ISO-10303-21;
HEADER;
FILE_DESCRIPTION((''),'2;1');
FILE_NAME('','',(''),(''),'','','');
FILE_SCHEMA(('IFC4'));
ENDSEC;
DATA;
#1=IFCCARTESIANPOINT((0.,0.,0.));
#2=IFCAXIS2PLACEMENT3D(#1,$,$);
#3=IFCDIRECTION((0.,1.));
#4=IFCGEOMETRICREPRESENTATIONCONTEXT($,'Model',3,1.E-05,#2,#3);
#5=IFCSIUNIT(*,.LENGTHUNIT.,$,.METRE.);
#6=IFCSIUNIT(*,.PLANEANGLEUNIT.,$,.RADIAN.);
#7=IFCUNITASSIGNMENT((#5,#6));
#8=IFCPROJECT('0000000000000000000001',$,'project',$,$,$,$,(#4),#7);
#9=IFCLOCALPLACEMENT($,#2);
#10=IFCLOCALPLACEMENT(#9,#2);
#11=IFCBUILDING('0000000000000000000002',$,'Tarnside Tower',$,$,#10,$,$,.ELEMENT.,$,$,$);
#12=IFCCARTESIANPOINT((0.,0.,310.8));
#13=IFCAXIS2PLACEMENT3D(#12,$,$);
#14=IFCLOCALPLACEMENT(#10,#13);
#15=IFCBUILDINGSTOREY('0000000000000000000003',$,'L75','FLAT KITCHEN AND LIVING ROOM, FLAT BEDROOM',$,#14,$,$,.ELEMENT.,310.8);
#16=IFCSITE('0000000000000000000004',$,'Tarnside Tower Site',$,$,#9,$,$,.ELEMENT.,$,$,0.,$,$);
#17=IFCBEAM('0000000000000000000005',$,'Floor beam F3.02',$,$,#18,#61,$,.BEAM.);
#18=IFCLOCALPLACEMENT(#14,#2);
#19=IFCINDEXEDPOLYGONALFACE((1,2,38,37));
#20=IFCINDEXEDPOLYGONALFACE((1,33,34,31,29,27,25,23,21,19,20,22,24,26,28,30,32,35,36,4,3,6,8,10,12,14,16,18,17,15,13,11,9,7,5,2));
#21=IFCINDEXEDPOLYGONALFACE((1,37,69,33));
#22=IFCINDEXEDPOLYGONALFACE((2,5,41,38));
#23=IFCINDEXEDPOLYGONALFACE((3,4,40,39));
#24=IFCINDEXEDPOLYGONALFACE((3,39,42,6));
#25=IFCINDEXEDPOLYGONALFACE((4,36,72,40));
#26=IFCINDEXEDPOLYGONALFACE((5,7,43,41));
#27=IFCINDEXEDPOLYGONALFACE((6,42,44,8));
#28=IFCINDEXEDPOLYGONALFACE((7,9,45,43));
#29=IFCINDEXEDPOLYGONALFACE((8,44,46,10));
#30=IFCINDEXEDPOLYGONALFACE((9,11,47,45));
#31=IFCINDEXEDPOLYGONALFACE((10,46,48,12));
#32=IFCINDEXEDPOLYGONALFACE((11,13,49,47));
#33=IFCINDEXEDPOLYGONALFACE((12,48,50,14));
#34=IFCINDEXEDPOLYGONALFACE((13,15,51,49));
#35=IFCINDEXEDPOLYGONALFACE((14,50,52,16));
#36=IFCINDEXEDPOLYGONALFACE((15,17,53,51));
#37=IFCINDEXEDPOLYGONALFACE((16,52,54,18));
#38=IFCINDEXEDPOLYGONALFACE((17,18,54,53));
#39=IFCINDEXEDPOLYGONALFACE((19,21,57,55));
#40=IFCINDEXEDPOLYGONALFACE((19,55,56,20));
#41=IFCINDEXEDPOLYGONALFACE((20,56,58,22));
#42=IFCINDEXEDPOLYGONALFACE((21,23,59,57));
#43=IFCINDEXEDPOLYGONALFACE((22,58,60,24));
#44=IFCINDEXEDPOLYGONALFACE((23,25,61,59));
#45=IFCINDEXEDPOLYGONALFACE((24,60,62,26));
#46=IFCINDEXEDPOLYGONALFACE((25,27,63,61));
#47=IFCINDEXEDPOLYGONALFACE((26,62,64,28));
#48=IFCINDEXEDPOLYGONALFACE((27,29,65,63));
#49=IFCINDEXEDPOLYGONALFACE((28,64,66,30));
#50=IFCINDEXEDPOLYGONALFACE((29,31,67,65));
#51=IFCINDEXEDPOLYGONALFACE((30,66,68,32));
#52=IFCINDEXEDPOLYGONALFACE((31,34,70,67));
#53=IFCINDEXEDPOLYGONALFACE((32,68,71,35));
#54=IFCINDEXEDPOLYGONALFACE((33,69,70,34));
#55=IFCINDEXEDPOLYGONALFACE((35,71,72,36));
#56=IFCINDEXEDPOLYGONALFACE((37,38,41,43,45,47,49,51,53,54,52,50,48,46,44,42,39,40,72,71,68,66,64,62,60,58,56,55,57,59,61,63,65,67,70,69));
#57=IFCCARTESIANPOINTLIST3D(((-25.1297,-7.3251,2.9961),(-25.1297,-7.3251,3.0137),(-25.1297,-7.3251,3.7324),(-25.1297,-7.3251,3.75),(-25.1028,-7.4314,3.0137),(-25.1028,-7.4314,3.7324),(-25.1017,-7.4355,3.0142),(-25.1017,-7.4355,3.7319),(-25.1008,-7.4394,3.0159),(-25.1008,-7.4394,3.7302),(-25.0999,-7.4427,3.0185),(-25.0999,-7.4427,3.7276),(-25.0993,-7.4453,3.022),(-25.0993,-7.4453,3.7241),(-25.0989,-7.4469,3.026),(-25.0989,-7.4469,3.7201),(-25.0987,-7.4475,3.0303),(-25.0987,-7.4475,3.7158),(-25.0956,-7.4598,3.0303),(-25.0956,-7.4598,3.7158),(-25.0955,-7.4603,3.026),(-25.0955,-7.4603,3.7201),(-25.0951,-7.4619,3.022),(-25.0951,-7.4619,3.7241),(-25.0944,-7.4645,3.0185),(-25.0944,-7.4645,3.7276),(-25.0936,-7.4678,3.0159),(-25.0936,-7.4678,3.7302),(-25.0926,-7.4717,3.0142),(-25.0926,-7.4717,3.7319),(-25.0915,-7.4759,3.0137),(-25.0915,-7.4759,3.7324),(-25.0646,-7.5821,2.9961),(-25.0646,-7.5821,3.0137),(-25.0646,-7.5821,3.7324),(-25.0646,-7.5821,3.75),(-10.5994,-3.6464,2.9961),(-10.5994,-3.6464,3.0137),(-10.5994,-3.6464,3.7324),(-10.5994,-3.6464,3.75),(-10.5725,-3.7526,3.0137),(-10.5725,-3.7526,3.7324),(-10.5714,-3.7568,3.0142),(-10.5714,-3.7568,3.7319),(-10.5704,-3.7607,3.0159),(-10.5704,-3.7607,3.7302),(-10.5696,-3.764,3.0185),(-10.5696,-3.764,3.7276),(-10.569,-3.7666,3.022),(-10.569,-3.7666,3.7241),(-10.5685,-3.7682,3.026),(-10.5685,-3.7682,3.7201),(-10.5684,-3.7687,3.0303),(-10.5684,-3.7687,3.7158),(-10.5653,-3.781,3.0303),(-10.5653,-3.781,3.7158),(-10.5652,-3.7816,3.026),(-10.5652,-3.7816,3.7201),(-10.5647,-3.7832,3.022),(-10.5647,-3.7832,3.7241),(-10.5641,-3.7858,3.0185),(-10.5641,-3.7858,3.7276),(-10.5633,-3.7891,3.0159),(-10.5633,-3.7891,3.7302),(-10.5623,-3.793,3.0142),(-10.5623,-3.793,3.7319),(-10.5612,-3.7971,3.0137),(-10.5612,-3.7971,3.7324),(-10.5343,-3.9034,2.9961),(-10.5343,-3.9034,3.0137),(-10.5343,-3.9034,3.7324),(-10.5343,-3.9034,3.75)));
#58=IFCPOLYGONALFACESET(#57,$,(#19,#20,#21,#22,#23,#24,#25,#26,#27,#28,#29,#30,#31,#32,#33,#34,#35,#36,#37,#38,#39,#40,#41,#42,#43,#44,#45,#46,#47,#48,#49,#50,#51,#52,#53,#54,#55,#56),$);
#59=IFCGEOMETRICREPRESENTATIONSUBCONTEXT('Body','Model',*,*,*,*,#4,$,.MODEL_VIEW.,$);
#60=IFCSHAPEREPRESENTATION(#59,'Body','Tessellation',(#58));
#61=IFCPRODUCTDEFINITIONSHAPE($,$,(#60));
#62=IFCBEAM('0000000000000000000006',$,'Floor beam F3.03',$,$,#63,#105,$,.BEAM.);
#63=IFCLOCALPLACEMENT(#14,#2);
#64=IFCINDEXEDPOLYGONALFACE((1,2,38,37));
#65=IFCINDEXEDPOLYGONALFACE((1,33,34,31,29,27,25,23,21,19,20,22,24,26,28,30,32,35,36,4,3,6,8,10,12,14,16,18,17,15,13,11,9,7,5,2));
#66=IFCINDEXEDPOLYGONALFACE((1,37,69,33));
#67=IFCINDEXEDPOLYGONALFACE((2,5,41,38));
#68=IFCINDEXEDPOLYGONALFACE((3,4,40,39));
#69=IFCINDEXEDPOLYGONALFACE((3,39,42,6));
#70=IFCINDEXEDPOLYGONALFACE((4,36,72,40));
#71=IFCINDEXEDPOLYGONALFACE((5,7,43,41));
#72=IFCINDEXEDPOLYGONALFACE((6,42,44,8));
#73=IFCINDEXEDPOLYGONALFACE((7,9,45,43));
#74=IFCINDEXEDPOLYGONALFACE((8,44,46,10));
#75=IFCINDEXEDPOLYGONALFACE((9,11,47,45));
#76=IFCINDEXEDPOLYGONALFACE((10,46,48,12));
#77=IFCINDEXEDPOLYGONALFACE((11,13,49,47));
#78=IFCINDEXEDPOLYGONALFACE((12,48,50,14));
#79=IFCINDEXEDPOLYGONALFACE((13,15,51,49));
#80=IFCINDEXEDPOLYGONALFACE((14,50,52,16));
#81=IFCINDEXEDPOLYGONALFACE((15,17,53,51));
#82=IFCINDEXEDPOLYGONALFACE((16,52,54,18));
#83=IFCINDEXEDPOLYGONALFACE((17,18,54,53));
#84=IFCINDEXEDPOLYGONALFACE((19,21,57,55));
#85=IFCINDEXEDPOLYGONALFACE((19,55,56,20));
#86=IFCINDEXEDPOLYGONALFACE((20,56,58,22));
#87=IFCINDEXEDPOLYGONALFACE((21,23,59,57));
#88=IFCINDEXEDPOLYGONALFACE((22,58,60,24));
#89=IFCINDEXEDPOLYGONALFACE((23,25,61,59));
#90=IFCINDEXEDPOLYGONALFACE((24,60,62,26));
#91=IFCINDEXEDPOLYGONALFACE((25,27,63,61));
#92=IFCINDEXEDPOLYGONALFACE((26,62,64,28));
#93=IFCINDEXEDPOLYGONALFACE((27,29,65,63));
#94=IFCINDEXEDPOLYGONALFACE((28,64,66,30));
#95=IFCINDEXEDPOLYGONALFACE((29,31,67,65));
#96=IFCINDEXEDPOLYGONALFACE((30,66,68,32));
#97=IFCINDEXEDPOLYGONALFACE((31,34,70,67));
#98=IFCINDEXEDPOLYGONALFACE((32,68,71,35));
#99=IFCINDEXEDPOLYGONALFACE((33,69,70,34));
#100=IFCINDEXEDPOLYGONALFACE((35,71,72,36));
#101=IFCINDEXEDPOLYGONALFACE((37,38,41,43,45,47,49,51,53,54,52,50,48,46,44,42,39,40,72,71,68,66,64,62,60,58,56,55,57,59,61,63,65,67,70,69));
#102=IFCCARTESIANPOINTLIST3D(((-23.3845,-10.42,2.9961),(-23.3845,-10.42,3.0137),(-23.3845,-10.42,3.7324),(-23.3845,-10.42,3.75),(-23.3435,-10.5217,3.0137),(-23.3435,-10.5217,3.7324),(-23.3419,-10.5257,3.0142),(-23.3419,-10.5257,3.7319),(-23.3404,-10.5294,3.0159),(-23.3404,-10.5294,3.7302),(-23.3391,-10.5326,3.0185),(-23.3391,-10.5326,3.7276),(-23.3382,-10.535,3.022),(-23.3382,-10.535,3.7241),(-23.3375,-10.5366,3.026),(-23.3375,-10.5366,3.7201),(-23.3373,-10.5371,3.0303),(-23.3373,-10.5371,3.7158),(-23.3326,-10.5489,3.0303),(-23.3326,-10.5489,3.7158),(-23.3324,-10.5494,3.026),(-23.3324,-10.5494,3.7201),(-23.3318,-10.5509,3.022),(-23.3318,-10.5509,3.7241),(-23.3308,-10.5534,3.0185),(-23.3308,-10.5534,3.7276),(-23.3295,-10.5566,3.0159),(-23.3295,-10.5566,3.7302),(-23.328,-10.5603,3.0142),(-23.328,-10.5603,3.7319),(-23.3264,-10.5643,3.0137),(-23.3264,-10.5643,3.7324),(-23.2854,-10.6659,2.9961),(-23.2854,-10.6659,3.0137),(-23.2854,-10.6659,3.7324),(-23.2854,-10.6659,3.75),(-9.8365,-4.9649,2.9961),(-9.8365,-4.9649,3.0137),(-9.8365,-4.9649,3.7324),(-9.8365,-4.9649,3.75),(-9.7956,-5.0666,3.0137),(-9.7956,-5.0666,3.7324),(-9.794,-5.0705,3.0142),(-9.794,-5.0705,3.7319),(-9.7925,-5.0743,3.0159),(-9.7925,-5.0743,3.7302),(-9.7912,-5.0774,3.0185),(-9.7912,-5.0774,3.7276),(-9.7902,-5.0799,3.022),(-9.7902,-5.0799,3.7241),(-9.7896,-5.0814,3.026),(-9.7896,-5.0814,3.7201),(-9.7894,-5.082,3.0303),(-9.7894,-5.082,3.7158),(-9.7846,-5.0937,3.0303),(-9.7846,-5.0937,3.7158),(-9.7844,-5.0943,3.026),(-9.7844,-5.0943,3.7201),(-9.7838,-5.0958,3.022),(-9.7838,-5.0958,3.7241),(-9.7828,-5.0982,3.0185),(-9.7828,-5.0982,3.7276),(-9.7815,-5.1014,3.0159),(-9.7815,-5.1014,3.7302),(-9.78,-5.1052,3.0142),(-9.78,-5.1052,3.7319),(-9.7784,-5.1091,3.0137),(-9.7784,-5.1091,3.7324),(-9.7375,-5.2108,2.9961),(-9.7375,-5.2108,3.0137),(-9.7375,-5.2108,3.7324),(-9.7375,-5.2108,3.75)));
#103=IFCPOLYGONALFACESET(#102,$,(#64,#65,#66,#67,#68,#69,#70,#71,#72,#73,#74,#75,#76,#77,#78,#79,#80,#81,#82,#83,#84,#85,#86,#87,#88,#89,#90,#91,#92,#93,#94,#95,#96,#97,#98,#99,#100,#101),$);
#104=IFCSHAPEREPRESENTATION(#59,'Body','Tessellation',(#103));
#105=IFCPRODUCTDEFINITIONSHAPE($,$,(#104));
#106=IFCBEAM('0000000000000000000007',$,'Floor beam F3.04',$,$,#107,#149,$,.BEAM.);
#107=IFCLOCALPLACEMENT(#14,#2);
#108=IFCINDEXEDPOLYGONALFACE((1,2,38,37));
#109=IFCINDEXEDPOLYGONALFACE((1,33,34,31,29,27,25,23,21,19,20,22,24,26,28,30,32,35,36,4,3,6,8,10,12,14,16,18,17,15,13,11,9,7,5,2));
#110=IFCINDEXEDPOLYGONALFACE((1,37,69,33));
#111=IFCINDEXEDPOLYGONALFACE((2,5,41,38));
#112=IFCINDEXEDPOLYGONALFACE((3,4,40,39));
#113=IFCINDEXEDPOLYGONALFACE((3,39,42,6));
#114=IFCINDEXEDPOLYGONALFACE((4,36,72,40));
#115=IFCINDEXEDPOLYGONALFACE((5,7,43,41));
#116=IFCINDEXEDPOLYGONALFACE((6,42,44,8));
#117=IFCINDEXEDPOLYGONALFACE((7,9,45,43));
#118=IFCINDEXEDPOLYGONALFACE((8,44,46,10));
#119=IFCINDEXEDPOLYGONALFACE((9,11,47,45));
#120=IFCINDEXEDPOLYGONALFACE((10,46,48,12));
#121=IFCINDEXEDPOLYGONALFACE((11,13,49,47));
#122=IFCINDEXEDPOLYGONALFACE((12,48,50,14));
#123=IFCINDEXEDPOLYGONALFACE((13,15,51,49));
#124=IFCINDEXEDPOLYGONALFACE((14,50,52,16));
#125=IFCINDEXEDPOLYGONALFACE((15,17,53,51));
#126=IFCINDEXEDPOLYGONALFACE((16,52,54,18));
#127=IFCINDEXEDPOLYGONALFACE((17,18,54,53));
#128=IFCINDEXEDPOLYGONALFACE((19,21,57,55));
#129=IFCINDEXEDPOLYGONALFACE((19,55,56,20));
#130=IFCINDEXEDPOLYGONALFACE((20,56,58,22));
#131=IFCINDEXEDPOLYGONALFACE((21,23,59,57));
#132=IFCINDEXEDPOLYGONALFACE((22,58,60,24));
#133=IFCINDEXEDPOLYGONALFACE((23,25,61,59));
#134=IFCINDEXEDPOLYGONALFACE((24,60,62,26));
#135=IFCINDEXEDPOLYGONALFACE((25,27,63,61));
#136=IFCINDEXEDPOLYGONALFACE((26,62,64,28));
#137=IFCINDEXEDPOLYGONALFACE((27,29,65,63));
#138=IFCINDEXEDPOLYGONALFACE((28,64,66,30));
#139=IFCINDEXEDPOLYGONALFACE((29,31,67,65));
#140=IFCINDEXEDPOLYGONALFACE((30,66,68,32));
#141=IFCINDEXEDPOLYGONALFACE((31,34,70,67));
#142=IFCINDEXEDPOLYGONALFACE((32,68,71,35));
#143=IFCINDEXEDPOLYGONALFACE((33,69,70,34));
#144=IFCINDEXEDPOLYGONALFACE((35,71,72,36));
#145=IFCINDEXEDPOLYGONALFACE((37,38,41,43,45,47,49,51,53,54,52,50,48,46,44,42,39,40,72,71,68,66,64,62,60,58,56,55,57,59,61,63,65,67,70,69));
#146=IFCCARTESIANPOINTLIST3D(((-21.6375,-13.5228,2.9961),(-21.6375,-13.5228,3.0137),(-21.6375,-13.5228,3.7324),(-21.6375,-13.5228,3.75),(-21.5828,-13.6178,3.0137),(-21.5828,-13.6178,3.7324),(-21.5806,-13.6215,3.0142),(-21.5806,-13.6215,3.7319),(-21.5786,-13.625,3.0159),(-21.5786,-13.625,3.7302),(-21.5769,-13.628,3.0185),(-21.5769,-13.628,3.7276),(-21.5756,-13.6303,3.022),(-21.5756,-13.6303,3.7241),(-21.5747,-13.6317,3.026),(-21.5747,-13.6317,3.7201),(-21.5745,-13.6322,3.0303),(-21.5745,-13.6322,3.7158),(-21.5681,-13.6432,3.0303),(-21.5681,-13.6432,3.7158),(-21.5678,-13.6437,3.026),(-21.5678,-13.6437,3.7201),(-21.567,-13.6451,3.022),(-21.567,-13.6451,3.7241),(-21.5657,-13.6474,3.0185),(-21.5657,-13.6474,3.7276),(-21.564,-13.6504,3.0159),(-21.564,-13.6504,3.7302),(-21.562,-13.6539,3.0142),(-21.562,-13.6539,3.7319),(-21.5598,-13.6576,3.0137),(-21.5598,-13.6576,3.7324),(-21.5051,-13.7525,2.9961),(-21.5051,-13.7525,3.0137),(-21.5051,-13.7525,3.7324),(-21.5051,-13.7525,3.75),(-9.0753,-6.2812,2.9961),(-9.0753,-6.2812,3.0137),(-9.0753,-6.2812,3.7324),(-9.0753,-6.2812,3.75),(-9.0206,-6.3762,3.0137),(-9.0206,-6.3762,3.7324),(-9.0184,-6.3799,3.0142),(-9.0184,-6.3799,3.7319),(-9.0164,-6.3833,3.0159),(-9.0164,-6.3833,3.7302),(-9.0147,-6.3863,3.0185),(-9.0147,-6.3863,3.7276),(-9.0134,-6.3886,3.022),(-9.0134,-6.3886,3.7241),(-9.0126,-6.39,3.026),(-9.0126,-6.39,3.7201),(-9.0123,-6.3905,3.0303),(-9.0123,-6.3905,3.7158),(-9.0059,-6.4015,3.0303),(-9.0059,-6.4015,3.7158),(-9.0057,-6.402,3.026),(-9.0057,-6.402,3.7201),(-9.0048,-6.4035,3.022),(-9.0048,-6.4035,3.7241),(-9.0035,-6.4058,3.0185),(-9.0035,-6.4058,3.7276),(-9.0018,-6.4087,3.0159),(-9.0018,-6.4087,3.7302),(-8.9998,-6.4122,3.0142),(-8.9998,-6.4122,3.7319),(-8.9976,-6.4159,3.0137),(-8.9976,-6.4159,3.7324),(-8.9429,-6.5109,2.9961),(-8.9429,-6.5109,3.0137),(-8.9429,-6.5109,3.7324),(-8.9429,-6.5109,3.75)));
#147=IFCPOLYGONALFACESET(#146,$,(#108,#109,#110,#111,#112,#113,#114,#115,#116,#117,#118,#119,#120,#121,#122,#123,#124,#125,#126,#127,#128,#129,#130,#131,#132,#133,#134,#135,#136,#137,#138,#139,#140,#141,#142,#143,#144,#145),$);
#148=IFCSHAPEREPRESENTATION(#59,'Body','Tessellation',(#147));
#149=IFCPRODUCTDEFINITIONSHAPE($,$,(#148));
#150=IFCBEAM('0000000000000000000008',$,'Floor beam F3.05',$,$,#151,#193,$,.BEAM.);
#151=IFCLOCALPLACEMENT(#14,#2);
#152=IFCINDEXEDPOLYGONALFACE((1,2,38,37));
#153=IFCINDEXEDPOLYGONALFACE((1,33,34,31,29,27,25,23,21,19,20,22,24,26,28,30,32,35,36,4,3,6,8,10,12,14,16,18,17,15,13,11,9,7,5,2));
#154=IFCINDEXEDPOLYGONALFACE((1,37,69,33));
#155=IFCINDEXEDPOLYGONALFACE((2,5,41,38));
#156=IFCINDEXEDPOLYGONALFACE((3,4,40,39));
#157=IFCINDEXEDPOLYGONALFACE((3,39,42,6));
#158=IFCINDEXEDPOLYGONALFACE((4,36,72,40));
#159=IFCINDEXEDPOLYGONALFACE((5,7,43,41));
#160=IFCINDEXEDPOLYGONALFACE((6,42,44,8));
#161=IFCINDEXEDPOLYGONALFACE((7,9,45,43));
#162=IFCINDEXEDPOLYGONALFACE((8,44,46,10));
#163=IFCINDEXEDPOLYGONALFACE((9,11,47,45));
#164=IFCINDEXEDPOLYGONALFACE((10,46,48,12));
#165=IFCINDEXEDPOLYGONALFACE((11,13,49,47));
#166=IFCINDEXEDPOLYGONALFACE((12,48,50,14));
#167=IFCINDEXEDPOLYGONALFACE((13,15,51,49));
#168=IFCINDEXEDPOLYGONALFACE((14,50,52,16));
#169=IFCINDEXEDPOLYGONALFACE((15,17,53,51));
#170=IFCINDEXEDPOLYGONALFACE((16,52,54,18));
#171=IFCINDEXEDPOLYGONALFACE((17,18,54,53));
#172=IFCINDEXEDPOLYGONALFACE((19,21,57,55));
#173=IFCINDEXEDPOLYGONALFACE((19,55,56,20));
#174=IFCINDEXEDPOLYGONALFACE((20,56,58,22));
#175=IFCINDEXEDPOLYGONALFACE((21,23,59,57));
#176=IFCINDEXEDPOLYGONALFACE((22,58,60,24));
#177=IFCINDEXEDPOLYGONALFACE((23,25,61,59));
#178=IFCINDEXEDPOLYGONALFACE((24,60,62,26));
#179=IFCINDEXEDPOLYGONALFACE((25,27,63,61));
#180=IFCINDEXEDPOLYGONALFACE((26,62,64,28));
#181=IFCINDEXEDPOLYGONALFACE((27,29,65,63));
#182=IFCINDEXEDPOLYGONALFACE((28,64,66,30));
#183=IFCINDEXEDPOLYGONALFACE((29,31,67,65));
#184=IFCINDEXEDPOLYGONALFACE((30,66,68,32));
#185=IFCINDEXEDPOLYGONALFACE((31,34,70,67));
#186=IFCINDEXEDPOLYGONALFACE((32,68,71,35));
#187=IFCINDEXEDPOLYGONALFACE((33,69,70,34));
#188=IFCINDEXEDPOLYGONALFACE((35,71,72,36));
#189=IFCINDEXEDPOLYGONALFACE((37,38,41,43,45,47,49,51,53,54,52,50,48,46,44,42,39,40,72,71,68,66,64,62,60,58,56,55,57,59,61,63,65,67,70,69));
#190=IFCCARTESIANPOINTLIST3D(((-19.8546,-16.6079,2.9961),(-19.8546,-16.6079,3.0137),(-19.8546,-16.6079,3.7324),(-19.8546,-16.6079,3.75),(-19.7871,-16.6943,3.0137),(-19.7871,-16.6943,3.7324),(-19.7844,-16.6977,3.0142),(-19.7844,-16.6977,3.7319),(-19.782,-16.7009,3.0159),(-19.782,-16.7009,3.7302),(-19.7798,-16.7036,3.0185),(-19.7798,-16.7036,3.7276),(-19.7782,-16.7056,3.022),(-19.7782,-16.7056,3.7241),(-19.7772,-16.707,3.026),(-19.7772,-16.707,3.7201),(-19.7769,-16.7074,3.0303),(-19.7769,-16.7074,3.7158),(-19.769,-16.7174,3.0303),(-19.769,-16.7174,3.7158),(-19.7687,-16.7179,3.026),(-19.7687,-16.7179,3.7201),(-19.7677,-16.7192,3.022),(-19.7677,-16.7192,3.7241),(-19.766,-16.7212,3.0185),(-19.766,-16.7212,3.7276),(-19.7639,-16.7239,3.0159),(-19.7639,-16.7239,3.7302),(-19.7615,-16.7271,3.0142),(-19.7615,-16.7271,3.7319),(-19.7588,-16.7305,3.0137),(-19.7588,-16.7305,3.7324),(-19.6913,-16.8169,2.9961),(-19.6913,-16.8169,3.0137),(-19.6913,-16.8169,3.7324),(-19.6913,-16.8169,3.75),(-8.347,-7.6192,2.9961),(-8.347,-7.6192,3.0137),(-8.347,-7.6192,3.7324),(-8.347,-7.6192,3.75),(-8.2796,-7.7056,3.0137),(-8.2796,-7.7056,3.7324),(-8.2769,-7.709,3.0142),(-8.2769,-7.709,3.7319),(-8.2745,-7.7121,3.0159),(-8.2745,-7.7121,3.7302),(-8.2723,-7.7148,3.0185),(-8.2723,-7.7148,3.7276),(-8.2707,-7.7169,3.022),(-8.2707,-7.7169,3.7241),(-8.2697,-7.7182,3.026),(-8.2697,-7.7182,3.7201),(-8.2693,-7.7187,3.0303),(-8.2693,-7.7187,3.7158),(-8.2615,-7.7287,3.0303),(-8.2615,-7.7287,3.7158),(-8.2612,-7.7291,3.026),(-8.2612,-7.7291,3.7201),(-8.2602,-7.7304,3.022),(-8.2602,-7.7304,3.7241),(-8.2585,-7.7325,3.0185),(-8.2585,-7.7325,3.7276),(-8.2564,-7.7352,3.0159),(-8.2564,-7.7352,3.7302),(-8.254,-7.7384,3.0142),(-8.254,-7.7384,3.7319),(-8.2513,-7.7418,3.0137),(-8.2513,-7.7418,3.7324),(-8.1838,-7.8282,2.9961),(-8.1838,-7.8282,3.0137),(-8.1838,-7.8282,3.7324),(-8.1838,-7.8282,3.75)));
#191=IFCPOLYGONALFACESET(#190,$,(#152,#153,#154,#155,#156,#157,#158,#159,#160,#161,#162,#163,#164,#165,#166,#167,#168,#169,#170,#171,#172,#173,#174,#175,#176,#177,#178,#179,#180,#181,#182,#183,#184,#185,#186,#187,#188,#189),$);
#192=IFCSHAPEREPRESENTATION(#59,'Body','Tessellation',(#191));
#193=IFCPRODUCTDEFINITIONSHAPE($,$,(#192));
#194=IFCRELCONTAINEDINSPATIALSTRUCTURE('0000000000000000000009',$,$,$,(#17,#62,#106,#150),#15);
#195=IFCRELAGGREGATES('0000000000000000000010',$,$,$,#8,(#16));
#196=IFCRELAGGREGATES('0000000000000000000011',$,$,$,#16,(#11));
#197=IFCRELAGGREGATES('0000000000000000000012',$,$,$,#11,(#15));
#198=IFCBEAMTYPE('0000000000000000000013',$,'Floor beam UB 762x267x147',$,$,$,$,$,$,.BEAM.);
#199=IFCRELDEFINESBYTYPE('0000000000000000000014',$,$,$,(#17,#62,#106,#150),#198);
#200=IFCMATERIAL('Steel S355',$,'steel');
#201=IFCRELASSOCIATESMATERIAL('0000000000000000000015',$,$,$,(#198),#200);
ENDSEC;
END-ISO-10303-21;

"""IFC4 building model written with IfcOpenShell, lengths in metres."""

from ifc_helpers import new_model, si_unit, direction, frame, origin, origin_2d, place, context, subcontext, project, spatial, i_section, extrude, material, material_profile, profile_set, type_object, element, save


model = new_model("IFC4")

# Units and contexts
model_context = context("Model", 3, precision=1e-05, world=origin(), true_north=direction((0.0, 1.0)))
body_context = subcontext(model_context, "Body", "Model", "MODEL_VIEW")
ifc_project = project(units=[si_unit("LENGTHUNIT", "METRE"), si_unit("PLANEANGLEUNIT", "RADIAN")], contexts=[model_context])

# Site, building, storey
site_placement = place(None, origin())
site = spatial("IfcSite", under=ifc_project, at=site_placement, Name="Tarnside Tower Site", CompositionType="ELEMENT", RefElevation=0.0)
building_placement = place(site_placement, origin())
building = spatial("IfcBuilding", under=site, at=building_placement, Name="Tarnside Tower", CompositionType="ELEMENT")
storey_placement = place(building_placement, frame((0.0, 0.0, 310.8)))
storey = spatial("IfcBuildingStorey", under=building, at=storey_placement, Name="L75", Description="FLAT KITCHEN AND LIVING ROOM, FLAT BEDROOM", CompositionType="ELEMENT", Elevation=310.8)

# Beams
ifc_material_1 = material(Name="Steel S355", Category="steel")
ifc_material_profile_1 = material_profile(ifc_material_1, i_section(OverallWidth=0.2651, OverallDepth=0.7539, WebThickness=0.0127, FlangeThickness=0.0176, FilletRadius=0.0166, at=origin_2d()), Name="UB 762x267x147")
ifc_profile_set_1 = profile_set([ifc_material_profile_1], Name="Steel S355")
beam_type_1 = type_object("IfcBeamType", Name="Floor beam UB 762x267x147", PredefinedType="BEAM", material=ifc_profile_set_1)
beam_1_placement = place(storey_placement, frame((-25.0972, -7.4536, 3.373), z_axis=(0.969414, 0.245432, 0.0), x_axis=(-0.245432, 0.969414, 0.0)))
element("IfcBeam", 1, at=beam_1_placement, inside=storey, type_object=beam_type_1, Name="Floor beam F3.02", PredefinedType="BEAM", context=body_context, shape_type="SweptSolid", body=[
    extrude(i_section(OverallWidth=0.2651, OverallDepth=0.7539, WebThickness=0.0127, FlangeThickness=0.0176, FilletRadius=0.0166, at=origin_2d()), origin(), (0.0, 0.0, 1.0), 14.9888),
])
beam_2_placement = place(storey_placement, frame((-23.335, -10.543, 3.373), z_axis=(0.927626, 0.373511, 0.0), x_axis=(-0.373511, 0.927626, 0.0)))
element("IfcBeam", 2, at=beam_2_placement, inside=storey, type_object=beam_type_1, Name="Floor beam F3.03", PredefinedType="BEAM", context=body_context, shape_type="SweptSolid", body=[
    extrude(i_section(OverallWidth=0.2651, OverallDepth=0.7539, WebThickness=0.0127, FlangeThickness=0.0176, FilletRadius=0.0166, at=origin_2d()), origin(), (0.0, 0.0, 1.0), 14.605),
])
beam_3_placement = place(storey_placement, frame((-21.5713, -13.6377, 3.373), z_axis=(0.866357, 0.499425, 0.0), x_axis=(-0.499425, 0.866357, 0.0)))
element("IfcBeam", 3, at=beam_3_placement, inside=storey, type_object=beam_type_1, Name="Floor beam F3.04", PredefinedType="BEAM", context=body_context, shape_type="SweptSolid", body=[
    extrude(i_section(OverallWidth=0.2651, OverallDepth=0.7539, WebThickness=0.0127, FlangeThickness=0.0176, FilletRadius=0.0166, at=origin_2d()), origin(), (0.0, 0.0, 1.0), 14.5),
])
beam_4_placement = place(storey_placement, frame((-19.7729, -16.7124, 3.373), z_axis=(0.788075, 0.615579, 0.0), x_axis=(-0.615579, 0.788075, 0.0)))
element("IfcBeam", 4, at=beam_4_placement, inside=storey, type_object=beam_type_1, Name="Floor beam F3.05", PredefinedType="BEAM", context=body_context, shape_type="SweptSolid", body=[
    extrude(i_section(OverallWidth=0.2651, OverallDepth=0.7539, WebThickness=0.0127, FlangeThickness=0.0176, FilletRadius=0.0166, at=origin_2d()), origin(), (0.0, 0.0, 1.0), 14.6021),
])

save(model, "model.ifc")
